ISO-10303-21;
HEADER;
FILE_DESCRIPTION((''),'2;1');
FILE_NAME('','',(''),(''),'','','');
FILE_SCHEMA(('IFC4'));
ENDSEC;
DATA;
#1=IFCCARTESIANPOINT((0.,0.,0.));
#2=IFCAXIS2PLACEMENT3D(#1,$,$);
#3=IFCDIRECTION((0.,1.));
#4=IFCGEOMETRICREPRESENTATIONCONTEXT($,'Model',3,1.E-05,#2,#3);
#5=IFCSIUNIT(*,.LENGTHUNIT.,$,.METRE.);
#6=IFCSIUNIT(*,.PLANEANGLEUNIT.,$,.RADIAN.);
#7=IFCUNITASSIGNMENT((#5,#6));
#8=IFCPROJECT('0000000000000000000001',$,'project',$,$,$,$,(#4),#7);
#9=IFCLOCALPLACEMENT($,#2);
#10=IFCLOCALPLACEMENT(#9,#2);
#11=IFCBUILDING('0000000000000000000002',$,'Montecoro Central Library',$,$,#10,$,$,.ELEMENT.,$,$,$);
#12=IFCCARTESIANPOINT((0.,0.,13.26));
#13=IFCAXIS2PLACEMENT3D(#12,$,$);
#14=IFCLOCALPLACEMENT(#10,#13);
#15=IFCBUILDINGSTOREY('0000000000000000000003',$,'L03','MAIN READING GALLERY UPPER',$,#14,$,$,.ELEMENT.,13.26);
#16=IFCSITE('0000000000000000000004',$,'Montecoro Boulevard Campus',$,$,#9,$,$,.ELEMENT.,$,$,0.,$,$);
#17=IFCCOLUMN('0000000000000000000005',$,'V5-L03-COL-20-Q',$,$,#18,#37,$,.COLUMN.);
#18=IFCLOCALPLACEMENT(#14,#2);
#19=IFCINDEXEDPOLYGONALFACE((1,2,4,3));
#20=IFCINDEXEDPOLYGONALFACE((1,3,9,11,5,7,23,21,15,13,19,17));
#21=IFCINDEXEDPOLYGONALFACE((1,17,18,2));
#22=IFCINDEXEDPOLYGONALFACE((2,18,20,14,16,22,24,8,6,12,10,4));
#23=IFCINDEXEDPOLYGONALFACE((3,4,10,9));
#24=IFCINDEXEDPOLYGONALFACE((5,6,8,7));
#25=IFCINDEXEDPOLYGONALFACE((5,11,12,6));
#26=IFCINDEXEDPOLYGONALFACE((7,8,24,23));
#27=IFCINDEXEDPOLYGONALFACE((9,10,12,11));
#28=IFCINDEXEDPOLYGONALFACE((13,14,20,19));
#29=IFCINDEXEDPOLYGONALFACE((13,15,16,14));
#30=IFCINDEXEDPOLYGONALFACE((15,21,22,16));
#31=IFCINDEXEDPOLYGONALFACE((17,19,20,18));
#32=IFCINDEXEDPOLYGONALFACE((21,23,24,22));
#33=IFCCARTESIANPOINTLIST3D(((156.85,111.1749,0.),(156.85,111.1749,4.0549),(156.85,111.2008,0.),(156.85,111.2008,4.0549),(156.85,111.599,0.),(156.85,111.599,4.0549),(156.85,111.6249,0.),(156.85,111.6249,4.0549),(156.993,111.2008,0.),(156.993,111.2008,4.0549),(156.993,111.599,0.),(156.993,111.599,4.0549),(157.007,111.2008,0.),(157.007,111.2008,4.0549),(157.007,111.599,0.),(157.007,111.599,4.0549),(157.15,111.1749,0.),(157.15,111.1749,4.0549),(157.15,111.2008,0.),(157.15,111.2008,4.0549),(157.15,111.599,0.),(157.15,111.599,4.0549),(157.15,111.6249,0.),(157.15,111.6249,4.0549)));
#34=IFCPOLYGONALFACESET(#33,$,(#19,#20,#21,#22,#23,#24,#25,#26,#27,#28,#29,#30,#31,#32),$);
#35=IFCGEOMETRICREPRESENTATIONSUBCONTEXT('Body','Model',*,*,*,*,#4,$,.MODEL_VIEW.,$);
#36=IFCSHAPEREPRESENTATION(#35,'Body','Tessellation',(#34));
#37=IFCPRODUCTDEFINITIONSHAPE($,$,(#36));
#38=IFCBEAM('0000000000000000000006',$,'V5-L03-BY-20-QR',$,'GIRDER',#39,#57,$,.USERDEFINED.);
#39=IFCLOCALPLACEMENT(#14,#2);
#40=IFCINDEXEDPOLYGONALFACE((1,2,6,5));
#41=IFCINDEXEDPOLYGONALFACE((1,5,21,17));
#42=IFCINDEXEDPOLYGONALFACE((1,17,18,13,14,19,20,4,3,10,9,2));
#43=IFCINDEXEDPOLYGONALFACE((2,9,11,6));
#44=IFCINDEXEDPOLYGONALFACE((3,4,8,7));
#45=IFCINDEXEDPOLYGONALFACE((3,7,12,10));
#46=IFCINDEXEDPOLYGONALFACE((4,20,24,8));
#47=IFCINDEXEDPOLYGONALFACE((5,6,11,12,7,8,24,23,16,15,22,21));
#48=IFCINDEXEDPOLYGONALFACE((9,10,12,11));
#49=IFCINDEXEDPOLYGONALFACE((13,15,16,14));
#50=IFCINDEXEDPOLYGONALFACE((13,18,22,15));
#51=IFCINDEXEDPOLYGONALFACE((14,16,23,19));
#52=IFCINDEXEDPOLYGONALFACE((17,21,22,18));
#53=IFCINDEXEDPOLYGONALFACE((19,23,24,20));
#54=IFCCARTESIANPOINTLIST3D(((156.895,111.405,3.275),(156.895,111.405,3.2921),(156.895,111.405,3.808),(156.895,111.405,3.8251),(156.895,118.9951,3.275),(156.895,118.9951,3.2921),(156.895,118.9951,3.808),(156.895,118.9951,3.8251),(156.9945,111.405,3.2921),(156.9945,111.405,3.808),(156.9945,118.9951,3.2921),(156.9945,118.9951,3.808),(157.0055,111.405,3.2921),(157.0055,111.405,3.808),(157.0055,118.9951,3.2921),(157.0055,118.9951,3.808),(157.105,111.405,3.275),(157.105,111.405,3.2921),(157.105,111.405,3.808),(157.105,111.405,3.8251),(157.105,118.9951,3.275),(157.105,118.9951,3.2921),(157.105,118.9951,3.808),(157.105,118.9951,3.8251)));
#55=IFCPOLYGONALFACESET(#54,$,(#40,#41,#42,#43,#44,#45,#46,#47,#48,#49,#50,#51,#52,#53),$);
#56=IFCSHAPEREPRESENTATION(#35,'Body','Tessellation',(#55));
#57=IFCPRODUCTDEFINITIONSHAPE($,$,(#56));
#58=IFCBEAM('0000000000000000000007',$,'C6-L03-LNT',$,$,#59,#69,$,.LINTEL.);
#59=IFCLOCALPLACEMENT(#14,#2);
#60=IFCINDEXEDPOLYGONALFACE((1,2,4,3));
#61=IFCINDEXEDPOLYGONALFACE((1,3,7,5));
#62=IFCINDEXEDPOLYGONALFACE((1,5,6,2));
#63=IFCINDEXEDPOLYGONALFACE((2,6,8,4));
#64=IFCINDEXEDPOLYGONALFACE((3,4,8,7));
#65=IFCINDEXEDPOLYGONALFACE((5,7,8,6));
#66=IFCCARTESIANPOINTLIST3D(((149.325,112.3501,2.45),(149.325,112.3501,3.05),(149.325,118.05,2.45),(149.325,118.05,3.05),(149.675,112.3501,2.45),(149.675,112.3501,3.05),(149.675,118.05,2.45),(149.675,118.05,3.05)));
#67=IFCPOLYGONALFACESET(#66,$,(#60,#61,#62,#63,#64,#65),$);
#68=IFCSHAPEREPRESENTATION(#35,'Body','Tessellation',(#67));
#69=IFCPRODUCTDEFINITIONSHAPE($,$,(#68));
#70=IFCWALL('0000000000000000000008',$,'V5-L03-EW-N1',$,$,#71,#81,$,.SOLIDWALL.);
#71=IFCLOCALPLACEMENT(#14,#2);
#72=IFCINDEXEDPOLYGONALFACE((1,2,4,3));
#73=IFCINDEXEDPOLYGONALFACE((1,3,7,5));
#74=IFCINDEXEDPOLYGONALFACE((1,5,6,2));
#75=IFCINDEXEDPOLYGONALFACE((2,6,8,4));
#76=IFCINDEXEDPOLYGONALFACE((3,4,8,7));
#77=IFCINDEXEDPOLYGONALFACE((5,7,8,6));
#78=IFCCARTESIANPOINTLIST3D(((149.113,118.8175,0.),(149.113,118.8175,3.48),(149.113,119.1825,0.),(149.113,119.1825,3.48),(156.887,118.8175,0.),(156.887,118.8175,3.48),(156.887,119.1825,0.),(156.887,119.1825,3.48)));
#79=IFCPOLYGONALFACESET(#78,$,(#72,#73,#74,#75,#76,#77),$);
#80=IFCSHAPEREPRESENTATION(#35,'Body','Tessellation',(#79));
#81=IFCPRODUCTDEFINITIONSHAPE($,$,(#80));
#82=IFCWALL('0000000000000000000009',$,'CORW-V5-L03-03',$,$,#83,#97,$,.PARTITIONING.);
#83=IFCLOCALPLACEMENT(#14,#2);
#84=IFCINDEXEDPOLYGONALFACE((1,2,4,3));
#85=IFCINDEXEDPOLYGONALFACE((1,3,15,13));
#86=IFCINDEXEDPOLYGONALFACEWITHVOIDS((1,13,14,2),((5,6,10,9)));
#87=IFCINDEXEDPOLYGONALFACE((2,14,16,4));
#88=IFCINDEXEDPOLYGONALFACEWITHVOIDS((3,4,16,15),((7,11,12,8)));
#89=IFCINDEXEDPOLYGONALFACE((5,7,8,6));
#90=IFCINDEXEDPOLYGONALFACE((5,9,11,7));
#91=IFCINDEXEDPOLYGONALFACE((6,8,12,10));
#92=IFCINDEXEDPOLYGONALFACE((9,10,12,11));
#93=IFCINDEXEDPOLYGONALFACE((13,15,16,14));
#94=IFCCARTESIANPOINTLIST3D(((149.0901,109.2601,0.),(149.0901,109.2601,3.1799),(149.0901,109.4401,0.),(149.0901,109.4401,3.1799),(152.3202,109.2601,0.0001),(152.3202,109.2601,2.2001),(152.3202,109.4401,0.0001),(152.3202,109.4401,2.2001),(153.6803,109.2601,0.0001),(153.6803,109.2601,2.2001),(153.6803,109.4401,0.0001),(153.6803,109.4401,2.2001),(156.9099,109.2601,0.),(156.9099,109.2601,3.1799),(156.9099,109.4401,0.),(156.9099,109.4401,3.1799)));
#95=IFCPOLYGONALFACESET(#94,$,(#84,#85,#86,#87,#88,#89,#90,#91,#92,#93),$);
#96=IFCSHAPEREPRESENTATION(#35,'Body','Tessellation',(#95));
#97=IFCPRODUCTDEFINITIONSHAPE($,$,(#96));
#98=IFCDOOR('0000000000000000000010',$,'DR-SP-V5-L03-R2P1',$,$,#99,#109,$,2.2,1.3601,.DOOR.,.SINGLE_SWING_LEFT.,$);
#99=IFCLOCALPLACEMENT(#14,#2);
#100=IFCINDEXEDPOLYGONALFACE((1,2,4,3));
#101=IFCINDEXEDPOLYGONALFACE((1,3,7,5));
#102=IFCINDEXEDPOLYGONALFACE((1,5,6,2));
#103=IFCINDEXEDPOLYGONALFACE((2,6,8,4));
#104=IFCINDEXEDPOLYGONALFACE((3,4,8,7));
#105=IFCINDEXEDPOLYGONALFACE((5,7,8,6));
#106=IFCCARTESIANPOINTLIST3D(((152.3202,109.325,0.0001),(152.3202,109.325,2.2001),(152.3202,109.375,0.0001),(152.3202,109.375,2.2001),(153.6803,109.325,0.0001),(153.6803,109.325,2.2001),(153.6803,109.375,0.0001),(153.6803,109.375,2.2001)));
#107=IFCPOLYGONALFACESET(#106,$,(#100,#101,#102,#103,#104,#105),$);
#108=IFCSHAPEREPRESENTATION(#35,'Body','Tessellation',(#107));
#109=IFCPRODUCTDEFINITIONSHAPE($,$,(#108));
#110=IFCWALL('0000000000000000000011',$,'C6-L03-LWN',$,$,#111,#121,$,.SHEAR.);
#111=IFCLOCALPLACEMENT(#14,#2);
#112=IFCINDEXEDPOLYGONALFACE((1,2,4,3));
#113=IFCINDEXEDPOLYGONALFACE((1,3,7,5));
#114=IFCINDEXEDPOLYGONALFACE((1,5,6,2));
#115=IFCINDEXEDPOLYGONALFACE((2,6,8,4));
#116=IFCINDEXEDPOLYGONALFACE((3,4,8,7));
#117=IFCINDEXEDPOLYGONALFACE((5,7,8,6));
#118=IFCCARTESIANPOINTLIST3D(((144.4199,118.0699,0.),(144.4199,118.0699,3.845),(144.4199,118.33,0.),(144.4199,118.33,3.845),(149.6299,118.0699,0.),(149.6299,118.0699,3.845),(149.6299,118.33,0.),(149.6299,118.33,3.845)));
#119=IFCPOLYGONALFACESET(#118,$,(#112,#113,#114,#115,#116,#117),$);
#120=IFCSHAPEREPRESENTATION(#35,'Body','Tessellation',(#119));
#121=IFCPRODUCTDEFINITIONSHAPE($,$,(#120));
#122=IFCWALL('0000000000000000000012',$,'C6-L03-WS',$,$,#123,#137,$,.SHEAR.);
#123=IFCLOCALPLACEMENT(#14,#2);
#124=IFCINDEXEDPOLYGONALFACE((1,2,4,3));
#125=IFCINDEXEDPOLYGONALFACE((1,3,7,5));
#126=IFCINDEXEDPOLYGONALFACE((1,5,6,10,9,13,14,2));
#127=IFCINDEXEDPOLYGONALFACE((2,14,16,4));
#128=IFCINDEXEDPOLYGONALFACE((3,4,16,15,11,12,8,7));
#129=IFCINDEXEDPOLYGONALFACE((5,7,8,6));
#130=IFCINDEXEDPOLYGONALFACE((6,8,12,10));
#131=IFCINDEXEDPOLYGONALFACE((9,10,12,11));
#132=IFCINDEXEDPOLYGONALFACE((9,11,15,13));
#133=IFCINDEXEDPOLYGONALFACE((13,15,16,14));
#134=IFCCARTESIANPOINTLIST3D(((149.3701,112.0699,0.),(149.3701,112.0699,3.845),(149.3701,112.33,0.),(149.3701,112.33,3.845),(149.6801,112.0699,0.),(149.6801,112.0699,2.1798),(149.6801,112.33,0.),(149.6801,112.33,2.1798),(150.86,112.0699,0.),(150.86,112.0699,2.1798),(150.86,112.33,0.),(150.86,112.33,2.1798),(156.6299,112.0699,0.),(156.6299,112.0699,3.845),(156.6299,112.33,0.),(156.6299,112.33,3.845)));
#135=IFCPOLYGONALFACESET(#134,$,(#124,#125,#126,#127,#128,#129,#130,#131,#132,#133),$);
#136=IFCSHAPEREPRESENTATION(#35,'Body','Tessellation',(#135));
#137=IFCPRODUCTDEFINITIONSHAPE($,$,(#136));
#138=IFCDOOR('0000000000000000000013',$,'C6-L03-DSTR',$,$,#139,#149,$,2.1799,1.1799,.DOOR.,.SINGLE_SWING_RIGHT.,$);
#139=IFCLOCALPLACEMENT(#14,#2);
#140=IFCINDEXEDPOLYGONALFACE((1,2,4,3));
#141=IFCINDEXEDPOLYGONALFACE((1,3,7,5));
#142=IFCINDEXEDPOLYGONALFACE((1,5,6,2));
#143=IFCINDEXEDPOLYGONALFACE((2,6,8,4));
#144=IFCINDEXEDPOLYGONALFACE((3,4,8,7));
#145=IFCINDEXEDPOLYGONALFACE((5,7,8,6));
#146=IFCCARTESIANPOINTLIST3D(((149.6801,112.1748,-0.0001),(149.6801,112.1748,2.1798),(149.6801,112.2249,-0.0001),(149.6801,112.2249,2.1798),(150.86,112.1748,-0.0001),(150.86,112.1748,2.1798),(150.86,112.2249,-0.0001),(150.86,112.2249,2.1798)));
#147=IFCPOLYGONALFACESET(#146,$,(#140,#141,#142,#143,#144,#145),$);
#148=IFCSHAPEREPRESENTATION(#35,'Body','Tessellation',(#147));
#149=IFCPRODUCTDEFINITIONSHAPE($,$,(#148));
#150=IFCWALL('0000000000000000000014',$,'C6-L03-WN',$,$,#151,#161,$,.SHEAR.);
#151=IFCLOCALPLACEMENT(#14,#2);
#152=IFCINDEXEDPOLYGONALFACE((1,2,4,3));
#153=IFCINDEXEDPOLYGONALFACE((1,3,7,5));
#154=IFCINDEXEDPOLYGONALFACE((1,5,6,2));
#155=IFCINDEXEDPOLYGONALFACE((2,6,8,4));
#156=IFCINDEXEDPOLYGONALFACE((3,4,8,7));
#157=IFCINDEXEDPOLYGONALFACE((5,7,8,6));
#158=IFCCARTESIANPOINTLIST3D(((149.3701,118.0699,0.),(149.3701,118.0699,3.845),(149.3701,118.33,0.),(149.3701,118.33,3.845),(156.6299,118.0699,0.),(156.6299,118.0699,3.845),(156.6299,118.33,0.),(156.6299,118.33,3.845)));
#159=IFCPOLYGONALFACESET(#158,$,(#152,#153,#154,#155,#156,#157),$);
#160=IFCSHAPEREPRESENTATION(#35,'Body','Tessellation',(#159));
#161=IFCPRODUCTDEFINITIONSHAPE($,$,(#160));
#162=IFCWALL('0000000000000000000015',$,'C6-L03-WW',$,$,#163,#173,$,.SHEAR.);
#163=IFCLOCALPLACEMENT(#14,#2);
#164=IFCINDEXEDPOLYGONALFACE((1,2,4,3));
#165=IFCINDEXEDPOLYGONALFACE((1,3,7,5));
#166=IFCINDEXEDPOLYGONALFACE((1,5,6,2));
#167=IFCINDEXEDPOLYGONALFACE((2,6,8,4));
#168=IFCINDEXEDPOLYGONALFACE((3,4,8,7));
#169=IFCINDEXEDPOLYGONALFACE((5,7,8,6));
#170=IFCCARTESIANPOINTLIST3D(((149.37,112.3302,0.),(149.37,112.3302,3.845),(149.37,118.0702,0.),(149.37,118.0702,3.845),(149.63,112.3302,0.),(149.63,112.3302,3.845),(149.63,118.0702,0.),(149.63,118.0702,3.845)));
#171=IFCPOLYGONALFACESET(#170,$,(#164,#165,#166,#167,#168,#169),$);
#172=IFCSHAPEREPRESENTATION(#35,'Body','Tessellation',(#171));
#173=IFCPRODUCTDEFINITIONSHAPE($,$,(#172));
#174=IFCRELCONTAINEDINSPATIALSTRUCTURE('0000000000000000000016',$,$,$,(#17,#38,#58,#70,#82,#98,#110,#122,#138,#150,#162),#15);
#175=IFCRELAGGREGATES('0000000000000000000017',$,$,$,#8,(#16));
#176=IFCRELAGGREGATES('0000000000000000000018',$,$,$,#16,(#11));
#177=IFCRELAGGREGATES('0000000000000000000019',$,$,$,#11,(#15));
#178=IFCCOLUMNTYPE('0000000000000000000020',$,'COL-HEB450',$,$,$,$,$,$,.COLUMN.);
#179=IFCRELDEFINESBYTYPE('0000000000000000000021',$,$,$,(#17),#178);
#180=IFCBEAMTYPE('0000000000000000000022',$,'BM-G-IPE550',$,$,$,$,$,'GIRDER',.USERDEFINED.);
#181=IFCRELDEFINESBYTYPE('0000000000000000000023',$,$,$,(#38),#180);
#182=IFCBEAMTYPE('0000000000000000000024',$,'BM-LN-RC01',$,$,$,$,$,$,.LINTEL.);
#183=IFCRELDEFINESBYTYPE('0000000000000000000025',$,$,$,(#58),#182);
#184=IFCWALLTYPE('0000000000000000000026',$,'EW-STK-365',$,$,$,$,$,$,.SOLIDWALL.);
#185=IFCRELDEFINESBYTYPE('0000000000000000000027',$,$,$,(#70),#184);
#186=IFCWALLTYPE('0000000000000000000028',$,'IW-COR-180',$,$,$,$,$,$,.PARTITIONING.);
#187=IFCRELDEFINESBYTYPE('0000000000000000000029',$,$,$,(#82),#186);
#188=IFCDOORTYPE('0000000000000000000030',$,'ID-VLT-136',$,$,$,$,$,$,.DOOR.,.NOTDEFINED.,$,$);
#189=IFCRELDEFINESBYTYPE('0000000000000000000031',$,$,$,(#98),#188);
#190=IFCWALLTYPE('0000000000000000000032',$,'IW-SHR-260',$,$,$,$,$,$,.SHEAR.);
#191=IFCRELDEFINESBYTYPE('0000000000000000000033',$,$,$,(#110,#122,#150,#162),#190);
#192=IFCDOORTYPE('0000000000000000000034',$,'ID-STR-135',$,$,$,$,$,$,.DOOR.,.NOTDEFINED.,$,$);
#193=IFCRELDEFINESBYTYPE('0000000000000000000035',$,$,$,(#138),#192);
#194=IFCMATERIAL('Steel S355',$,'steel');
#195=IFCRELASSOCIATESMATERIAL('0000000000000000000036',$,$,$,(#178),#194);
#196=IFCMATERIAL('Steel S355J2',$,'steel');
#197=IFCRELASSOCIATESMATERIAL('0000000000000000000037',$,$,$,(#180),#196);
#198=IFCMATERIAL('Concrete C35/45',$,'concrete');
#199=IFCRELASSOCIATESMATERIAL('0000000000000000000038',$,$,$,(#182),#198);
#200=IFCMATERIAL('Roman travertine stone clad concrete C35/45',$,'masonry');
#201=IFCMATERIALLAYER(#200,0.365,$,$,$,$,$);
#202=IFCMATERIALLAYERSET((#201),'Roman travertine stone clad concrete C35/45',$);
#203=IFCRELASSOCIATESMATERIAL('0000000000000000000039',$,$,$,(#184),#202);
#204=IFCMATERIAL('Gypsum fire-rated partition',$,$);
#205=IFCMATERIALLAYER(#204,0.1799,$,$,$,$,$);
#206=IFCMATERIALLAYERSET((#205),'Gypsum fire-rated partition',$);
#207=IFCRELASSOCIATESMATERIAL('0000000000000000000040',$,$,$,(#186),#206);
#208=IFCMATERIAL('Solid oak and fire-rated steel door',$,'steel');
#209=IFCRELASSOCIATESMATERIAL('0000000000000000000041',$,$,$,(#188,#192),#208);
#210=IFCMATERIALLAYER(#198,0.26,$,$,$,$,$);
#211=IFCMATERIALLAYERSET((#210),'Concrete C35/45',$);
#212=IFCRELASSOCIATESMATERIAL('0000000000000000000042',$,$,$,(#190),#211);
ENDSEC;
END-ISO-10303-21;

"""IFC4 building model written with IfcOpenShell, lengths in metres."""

from ifc_helpers import new_model, si_unit, direction, frame, frame_2d, origin, origin_2d, place, context, subcontext, project, spatial, rectangle, i_section, extrude, material, layer, layer_set, material_profile, profile_set, type_object, element, fill, save


model = new_model("IFC4")

# Units and contexts
model_context = context("Model", 3, precision=1e-05, world=origin(), true_north=direction((0.0, 1.0)))
body_context = subcontext(model_context, "Body", "Model", "MODEL_VIEW")
ifc_project = project(units=[si_unit("LENGTHUNIT", "METRE"), si_unit("PLANEANGLEUNIT", "RADIAN")], contexts=[model_context])

# Site, building, storey
site_placement = place(None, origin())
site = spatial("IfcSite", under=ifc_project, at=site_placement, Name="Montecoro Boulevard Campus", CompositionType="ELEMENT", RefElevation=0.0)
building_placement = place(site_placement, origin())
building = spatial("IfcBuilding", under=site, at=building_placement, Name="Montecoro Central Library", CompositionType="ELEMENT")
storey_placement = place(building_placement, frame((0.0, 0.0, 13.26)))
storey = spatial("IfcBuildingStorey", under=building, at=storey_placement, Name="L03", Description="MAIN READING GALLERY UPPER", CompositionType="ELEMENT", Elevation=13.26)

# Column
ifc_material_1 = material(Name="Steel S355", Category="steel")
ifc_material_profile_1 = material_profile(ifc_material_1, i_section(OverallWidth=0.3, OverallDepth=0.45, WebThickness=0.0139, FlangeThickness=0.0259, at=origin_2d()), Name="HEB 450")
ifc_profile_set_1 = profile_set([ifc_material_profile_1], Name="Steel S355")
column_type = type_object("IfcColumnType", Name="COL-HEB450", PredefinedType="COLUMN", material=ifc_profile_set_1)
column_placement = place(storey_placement, frame((157.0, 111.3999, 0.0), z_axis=(0.0, 0.0, 1.0), x_axis=(1.0, 0.0, 0.0)))
element("IfcColumn", 1, at=column_placement, inside=storey, type_object=column_type, Name="V5-L03-COL-20-Q", PredefinedType="COLUMN", context=body_context, shape_type="SweptSolid", body=[
    extrude(i_section(OverallWidth=0.3, OverallDepth=0.45, WebThickness=0.0139, FlangeThickness=0.0259, at=origin_2d()), origin(), (0.0, 0.0, 1.0), 4.0549),
])

# Beams
ifc_material_2 = material(Name="Steel S355J2", Category="steel")
ifc_material_profile_2 = material_profile(ifc_material_2, i_section(OverallWidth=0.21, OverallDepth=0.55, WebThickness=0.011, FlangeThickness=0.0171, at=origin_2d()), Name="IPE 550")
ifc_profile_set_2 = profile_set([ifc_material_profile_2], Name="Steel S355J2")
beam_type_1 = type_object("IfcBeamType", Name="BM-G-IPE550", ElementType="GIRDER", PredefinedType="USERDEFINED", material=ifc_profile_set_2)
beam_1_placement = place(storey_placement, frame((157.0, 111.405, 3.55), z_axis=(0.0, 1.0, 0.0), x_axis=(-1.0, 0.0, 0.0)))
element("IfcBeam", 2, at=beam_1_placement, inside=storey, type_object=beam_type_1, Name="V5-L03-BY-20-QR", ObjectType="GIRDER", PredefinedType="USERDEFINED", context=body_context, shape_type="SweptSolid", body=[
    extrude(i_section(OverallWidth=0.21, OverallDepth=0.55, WebThickness=0.011, FlangeThickness=0.0171, at=origin_2d()), origin(), (0.0, 0.0, 1.0), 7.5901),
])
ifc_material_3 = material(Name="Concrete C35/45", Category="concrete")
ifc_material_profile_3 = material_profile(ifc_material_3, rectangle(XDim=0.3501, YDim=0.6001, at=origin_2d()), Name="RC LNT 600x350")
ifc_profile_set_3 = profile_set([ifc_material_profile_3], Name="Concrete C35/45")
beam_type_2 = type_object("IfcBeamType", Name="BM-LN-RC01", PredefinedType="LINTEL", material=ifc_profile_set_3)
beam_2_placement = place(storey_placement, frame((149.5, 112.3501, 2.75), z_axis=(0.0, 1.0, 0.0), x_axis=(-1.0, 0.0, 0.0)))
element("IfcBeam", 3, at=beam_2_placement, inside=storey, type_object=beam_type_2, Name="C6-L03-LNT", PredefinedType="LINTEL", context=body_context, shape_type="SweptSolid", body=[
    extrude(rectangle(XDim=0.3501, YDim=0.6001, at=origin_2d()), origin(), (0.0, 0.0, 1.0), 5.7),
])

# Wall
ifc_material_4 = material(Name="Roman travertine stone clad concrete C35/45", Category="masonry")
ifc_layer_1 = layer(ifc_material_4, 0.365)
ifc_layer_set_1 = layer_set([ifc_layer_1], Name="Roman travertine stone clad concrete C35/45")
wall_type_1 = type_object("IfcWallType", Name="EW-STK-365", PredefinedType="SOLIDWALL", material=ifc_layer_set_1)
wall_1_placement = place(storey_placement, frame((156.887, 119.0, 0.0), z_axis=(0.0, 0.0, 1.0), x_axis=(-1.0, 0.0, 0.0)))
element("IfcWall", 4, at=wall_1_placement, inside=storey, type_object=wall_type_1, Name="V5-L03-EW-N1", PredefinedType="SOLIDWALL", context=body_context, shape_type="SweptSolid", body=[
    extrude(rectangle(XDim=7.7739, YDim=0.365, at=frame_2d((3.887, 0.0))), origin(), (0.0, 0.0, 1.0), 3.48),
])

# Wall, opening, door
ifc_material_5 = material(Name="Gypsum fire-rated partition")
ifc_layer_2 = layer(ifc_material_5, 0.1799)
ifc_layer_set_2 = layer_set([ifc_layer_2], Name="Gypsum fire-rated partition")
wall_type_2 = type_object("IfcWallType", Name="IW-COR-180", PredefinedType="PARTITIONING", material=ifc_layer_set_2)
wall_2_placement = place(storey_placement, frame((149.0901, 109.3501, 0.0), z_axis=(0.0, 0.0, 1.0), x_axis=(1.0, 0.0, 0.0)))
wall_2 = element("IfcWall", 5, at=wall_2_placement, inside=storey, type_object=wall_type_2, Name="CORW-V5-L03-03", PredefinedType="PARTITIONING", context=body_context, shape_type="SweptSolid", body=[
    extrude(rectangle(XDim=7.8198, YDim=0.1799, at=frame_2d((3.9099, 0.0))), origin(), (0.0, 0.0, 1.0), 3.1799),
])
opening_1_placement = place(wall_2_placement, frame((3.23, 0.0, 0.0)))
opening_1 = element("IfcOpeningElement", 6, at=opening_1_placement, cuts=wall_2, PredefinedType="OPENING", context=body_context, shape_type="SweptSolid", body=[
    extrude(rectangle(XDim=1.3601, YDim=2.2, at=frame_2d((0.6802, 1.1001))), frame((0.0, 0.0999, 0.0), z_axis=(0.0, -1.0, 0.0), x_axis=(1.0, 0.0, 0.0)), (0.0, 0.0, 1.0), 0.2),
])
ifc_material_6 = material(Name="Solid oak and fire-rated steel door", Category="steel")
door_type_1 = type_object("IfcDoorType", Name="ID-VLT-136", OperationType="NOTDEFINED", PredefinedType="DOOR", material=ifc_material_6)
door_1_placement = place(opening_1_placement, origin())
door_1 = element("IfcDoor", 7, at=door_1_placement, inside=storey, type_object=door_type_1, Name="DR-SP-V5-L03-R2P1", OperationType="SINGLE_SWING_LEFT", OverallHeight=2.2, OverallWidth=1.3601, PredefinedType="DOOR", context=body_context, shape_type="SweptSolid", body=[
    extrude(rectangle(XDim=1.3601, YDim=2.2, at=frame_2d((0.6802, 1.1001))), frame((0.0, 0.0249, 0.0), z_axis=(0.0, -1.0, 0.0), x_axis=(1.0, 0.0, 0.0)), (0.0, 0.0, 1.0), 0.05),
])
fill(opening_1, door_1)

# Wall
ifc_layer_3 = layer(ifc_material_3, 0.26)
ifc_layer_set_3 = layer_set([ifc_layer_3], Name="Concrete C35/45")
wall_type_3 = type_object("IfcWallType", Name="IW-SHR-260", PredefinedType="SHEAR", material=ifc_layer_set_3)
wall_3_placement = place(storey_placement, frame((149.6299, 118.2, 0.0), z_axis=(0.0, 0.0, 1.0), x_axis=(-1.0, 0.0, 0.0)))
element("IfcWall", 8, at=wall_3_placement, inside=storey, type_object=wall_type_3, Name="C6-L03-LWN", PredefinedType="SHEAR", context=body_context, shape_type="SweptSolid", body=[
    extrude(rectangle(XDim=5.21, YDim=0.26, at=frame_2d((2.605, 0.0))), origin(), (0.0, 0.0, 1.0), 3.845),
])

# Wall, opening, door
wall_4_placement = place(storey_placement, frame((149.3701, 112.2, 0.0), z_axis=(0.0, 0.0, 1.0), x_axis=(1.0, 0.0, 0.0)))
wall_4 = element("IfcWall", 9, at=wall_4_placement, inside=storey, type_object=wall_type_3, Name="C6-L03-WS", PredefinedType="SHEAR", context=body_context, shape_type="SweptSolid", body=[
    extrude(rectangle(XDim=7.2598, YDim=0.26, at=frame_2d((3.6299, 0.0))), origin(), (0.0, 0.0, 1.0), 3.845),
])
opening_2_placement = place(wall_4_placement, frame((0.3101, 0.0, 0.0)))
opening_2 = element("IfcOpeningElement", 10, at=opening_2_placement, cuts=wall_4, PredefinedType="OPENING", context=body_context, shape_type="SweptSolid", body=[
    extrude(rectangle(XDim=1.1799, YDim=2.1799, at=frame_2d((0.5898, 1.0898))), frame((0.0, 0.1399, 0.0), z_axis=(0.0, -1.0, 0.0), x_axis=(1.0, 0.0, 0.0)), (0.0, 0.0, 1.0), 0.28),
])
door_type_2 = type_object("IfcDoorType", Name="ID-STR-135", OperationType="NOTDEFINED", PredefinedType="DOOR", material=ifc_material_6)
door_2_placement = place(opening_2_placement, origin())
door_2 = element("IfcDoor", 11, at=door_2_placement, inside=storey, type_object=door_type_2, Name="C6-L03-DSTR", OperationType="SINGLE_SWING_RIGHT", OverallHeight=2.1799, OverallWidth=1.1799, PredefinedType="DOOR", context=body_context, shape_type="SweptSolid", body=[
    extrude(rectangle(XDim=1.1799, YDim=2.1799, at=frame_2d((0.5898, 1.0898))), frame((0.0, 0.0249, 0.0), z_axis=(0.0, -1.0, 0.0), x_axis=(1.0, 0.0, 0.0)), (0.0, 0.0, 1.0), 0.05),
])
fill(opening_2, door_2)

# Walls
wall_5_placement = place(storey_placement, frame((149.3701, 118.2, 0.0), z_axis=(0.0, 0.0, 1.0), x_axis=(1.0, 0.0, 0.0)))
element("IfcWall", 12, at=wall_5_placement, inside=storey, type_object=wall_type_3, Name="C6-L03-WN", PredefinedType="SHEAR", context=body_context, shape_type="SweptSolid", body=[
    extrude(rectangle(XDim=7.2598, YDim=0.26, at=frame_2d((3.6299, 0.0))), origin(), (0.0, 0.0, 1.0), 3.845),
])
for number, where, z_axis, x_axis, name in (
    (13, (149.5, 112.3301, 0.0), (0.0, 0.0, 1.0), (0.0, 1.0, 0.0), "C6-L03-WW"),
):
    element("IfcWall", number, at=place(storey_placement, frame(where, z_axis=z_axis, x_axis=x_axis)), inside=storey, type_object=wall_type_3, Name=name, PredefinedType="SHEAR", context=body_context, shape_type="SweptSolid", body=[
        extrude(rectangle(XDim=5.74, YDim=0.26, at=frame_2d((2.8701, 0.0))), origin(), (0.0, 0.0, 1.0), 3.845),
    ])

save(model, "model.ifc")
